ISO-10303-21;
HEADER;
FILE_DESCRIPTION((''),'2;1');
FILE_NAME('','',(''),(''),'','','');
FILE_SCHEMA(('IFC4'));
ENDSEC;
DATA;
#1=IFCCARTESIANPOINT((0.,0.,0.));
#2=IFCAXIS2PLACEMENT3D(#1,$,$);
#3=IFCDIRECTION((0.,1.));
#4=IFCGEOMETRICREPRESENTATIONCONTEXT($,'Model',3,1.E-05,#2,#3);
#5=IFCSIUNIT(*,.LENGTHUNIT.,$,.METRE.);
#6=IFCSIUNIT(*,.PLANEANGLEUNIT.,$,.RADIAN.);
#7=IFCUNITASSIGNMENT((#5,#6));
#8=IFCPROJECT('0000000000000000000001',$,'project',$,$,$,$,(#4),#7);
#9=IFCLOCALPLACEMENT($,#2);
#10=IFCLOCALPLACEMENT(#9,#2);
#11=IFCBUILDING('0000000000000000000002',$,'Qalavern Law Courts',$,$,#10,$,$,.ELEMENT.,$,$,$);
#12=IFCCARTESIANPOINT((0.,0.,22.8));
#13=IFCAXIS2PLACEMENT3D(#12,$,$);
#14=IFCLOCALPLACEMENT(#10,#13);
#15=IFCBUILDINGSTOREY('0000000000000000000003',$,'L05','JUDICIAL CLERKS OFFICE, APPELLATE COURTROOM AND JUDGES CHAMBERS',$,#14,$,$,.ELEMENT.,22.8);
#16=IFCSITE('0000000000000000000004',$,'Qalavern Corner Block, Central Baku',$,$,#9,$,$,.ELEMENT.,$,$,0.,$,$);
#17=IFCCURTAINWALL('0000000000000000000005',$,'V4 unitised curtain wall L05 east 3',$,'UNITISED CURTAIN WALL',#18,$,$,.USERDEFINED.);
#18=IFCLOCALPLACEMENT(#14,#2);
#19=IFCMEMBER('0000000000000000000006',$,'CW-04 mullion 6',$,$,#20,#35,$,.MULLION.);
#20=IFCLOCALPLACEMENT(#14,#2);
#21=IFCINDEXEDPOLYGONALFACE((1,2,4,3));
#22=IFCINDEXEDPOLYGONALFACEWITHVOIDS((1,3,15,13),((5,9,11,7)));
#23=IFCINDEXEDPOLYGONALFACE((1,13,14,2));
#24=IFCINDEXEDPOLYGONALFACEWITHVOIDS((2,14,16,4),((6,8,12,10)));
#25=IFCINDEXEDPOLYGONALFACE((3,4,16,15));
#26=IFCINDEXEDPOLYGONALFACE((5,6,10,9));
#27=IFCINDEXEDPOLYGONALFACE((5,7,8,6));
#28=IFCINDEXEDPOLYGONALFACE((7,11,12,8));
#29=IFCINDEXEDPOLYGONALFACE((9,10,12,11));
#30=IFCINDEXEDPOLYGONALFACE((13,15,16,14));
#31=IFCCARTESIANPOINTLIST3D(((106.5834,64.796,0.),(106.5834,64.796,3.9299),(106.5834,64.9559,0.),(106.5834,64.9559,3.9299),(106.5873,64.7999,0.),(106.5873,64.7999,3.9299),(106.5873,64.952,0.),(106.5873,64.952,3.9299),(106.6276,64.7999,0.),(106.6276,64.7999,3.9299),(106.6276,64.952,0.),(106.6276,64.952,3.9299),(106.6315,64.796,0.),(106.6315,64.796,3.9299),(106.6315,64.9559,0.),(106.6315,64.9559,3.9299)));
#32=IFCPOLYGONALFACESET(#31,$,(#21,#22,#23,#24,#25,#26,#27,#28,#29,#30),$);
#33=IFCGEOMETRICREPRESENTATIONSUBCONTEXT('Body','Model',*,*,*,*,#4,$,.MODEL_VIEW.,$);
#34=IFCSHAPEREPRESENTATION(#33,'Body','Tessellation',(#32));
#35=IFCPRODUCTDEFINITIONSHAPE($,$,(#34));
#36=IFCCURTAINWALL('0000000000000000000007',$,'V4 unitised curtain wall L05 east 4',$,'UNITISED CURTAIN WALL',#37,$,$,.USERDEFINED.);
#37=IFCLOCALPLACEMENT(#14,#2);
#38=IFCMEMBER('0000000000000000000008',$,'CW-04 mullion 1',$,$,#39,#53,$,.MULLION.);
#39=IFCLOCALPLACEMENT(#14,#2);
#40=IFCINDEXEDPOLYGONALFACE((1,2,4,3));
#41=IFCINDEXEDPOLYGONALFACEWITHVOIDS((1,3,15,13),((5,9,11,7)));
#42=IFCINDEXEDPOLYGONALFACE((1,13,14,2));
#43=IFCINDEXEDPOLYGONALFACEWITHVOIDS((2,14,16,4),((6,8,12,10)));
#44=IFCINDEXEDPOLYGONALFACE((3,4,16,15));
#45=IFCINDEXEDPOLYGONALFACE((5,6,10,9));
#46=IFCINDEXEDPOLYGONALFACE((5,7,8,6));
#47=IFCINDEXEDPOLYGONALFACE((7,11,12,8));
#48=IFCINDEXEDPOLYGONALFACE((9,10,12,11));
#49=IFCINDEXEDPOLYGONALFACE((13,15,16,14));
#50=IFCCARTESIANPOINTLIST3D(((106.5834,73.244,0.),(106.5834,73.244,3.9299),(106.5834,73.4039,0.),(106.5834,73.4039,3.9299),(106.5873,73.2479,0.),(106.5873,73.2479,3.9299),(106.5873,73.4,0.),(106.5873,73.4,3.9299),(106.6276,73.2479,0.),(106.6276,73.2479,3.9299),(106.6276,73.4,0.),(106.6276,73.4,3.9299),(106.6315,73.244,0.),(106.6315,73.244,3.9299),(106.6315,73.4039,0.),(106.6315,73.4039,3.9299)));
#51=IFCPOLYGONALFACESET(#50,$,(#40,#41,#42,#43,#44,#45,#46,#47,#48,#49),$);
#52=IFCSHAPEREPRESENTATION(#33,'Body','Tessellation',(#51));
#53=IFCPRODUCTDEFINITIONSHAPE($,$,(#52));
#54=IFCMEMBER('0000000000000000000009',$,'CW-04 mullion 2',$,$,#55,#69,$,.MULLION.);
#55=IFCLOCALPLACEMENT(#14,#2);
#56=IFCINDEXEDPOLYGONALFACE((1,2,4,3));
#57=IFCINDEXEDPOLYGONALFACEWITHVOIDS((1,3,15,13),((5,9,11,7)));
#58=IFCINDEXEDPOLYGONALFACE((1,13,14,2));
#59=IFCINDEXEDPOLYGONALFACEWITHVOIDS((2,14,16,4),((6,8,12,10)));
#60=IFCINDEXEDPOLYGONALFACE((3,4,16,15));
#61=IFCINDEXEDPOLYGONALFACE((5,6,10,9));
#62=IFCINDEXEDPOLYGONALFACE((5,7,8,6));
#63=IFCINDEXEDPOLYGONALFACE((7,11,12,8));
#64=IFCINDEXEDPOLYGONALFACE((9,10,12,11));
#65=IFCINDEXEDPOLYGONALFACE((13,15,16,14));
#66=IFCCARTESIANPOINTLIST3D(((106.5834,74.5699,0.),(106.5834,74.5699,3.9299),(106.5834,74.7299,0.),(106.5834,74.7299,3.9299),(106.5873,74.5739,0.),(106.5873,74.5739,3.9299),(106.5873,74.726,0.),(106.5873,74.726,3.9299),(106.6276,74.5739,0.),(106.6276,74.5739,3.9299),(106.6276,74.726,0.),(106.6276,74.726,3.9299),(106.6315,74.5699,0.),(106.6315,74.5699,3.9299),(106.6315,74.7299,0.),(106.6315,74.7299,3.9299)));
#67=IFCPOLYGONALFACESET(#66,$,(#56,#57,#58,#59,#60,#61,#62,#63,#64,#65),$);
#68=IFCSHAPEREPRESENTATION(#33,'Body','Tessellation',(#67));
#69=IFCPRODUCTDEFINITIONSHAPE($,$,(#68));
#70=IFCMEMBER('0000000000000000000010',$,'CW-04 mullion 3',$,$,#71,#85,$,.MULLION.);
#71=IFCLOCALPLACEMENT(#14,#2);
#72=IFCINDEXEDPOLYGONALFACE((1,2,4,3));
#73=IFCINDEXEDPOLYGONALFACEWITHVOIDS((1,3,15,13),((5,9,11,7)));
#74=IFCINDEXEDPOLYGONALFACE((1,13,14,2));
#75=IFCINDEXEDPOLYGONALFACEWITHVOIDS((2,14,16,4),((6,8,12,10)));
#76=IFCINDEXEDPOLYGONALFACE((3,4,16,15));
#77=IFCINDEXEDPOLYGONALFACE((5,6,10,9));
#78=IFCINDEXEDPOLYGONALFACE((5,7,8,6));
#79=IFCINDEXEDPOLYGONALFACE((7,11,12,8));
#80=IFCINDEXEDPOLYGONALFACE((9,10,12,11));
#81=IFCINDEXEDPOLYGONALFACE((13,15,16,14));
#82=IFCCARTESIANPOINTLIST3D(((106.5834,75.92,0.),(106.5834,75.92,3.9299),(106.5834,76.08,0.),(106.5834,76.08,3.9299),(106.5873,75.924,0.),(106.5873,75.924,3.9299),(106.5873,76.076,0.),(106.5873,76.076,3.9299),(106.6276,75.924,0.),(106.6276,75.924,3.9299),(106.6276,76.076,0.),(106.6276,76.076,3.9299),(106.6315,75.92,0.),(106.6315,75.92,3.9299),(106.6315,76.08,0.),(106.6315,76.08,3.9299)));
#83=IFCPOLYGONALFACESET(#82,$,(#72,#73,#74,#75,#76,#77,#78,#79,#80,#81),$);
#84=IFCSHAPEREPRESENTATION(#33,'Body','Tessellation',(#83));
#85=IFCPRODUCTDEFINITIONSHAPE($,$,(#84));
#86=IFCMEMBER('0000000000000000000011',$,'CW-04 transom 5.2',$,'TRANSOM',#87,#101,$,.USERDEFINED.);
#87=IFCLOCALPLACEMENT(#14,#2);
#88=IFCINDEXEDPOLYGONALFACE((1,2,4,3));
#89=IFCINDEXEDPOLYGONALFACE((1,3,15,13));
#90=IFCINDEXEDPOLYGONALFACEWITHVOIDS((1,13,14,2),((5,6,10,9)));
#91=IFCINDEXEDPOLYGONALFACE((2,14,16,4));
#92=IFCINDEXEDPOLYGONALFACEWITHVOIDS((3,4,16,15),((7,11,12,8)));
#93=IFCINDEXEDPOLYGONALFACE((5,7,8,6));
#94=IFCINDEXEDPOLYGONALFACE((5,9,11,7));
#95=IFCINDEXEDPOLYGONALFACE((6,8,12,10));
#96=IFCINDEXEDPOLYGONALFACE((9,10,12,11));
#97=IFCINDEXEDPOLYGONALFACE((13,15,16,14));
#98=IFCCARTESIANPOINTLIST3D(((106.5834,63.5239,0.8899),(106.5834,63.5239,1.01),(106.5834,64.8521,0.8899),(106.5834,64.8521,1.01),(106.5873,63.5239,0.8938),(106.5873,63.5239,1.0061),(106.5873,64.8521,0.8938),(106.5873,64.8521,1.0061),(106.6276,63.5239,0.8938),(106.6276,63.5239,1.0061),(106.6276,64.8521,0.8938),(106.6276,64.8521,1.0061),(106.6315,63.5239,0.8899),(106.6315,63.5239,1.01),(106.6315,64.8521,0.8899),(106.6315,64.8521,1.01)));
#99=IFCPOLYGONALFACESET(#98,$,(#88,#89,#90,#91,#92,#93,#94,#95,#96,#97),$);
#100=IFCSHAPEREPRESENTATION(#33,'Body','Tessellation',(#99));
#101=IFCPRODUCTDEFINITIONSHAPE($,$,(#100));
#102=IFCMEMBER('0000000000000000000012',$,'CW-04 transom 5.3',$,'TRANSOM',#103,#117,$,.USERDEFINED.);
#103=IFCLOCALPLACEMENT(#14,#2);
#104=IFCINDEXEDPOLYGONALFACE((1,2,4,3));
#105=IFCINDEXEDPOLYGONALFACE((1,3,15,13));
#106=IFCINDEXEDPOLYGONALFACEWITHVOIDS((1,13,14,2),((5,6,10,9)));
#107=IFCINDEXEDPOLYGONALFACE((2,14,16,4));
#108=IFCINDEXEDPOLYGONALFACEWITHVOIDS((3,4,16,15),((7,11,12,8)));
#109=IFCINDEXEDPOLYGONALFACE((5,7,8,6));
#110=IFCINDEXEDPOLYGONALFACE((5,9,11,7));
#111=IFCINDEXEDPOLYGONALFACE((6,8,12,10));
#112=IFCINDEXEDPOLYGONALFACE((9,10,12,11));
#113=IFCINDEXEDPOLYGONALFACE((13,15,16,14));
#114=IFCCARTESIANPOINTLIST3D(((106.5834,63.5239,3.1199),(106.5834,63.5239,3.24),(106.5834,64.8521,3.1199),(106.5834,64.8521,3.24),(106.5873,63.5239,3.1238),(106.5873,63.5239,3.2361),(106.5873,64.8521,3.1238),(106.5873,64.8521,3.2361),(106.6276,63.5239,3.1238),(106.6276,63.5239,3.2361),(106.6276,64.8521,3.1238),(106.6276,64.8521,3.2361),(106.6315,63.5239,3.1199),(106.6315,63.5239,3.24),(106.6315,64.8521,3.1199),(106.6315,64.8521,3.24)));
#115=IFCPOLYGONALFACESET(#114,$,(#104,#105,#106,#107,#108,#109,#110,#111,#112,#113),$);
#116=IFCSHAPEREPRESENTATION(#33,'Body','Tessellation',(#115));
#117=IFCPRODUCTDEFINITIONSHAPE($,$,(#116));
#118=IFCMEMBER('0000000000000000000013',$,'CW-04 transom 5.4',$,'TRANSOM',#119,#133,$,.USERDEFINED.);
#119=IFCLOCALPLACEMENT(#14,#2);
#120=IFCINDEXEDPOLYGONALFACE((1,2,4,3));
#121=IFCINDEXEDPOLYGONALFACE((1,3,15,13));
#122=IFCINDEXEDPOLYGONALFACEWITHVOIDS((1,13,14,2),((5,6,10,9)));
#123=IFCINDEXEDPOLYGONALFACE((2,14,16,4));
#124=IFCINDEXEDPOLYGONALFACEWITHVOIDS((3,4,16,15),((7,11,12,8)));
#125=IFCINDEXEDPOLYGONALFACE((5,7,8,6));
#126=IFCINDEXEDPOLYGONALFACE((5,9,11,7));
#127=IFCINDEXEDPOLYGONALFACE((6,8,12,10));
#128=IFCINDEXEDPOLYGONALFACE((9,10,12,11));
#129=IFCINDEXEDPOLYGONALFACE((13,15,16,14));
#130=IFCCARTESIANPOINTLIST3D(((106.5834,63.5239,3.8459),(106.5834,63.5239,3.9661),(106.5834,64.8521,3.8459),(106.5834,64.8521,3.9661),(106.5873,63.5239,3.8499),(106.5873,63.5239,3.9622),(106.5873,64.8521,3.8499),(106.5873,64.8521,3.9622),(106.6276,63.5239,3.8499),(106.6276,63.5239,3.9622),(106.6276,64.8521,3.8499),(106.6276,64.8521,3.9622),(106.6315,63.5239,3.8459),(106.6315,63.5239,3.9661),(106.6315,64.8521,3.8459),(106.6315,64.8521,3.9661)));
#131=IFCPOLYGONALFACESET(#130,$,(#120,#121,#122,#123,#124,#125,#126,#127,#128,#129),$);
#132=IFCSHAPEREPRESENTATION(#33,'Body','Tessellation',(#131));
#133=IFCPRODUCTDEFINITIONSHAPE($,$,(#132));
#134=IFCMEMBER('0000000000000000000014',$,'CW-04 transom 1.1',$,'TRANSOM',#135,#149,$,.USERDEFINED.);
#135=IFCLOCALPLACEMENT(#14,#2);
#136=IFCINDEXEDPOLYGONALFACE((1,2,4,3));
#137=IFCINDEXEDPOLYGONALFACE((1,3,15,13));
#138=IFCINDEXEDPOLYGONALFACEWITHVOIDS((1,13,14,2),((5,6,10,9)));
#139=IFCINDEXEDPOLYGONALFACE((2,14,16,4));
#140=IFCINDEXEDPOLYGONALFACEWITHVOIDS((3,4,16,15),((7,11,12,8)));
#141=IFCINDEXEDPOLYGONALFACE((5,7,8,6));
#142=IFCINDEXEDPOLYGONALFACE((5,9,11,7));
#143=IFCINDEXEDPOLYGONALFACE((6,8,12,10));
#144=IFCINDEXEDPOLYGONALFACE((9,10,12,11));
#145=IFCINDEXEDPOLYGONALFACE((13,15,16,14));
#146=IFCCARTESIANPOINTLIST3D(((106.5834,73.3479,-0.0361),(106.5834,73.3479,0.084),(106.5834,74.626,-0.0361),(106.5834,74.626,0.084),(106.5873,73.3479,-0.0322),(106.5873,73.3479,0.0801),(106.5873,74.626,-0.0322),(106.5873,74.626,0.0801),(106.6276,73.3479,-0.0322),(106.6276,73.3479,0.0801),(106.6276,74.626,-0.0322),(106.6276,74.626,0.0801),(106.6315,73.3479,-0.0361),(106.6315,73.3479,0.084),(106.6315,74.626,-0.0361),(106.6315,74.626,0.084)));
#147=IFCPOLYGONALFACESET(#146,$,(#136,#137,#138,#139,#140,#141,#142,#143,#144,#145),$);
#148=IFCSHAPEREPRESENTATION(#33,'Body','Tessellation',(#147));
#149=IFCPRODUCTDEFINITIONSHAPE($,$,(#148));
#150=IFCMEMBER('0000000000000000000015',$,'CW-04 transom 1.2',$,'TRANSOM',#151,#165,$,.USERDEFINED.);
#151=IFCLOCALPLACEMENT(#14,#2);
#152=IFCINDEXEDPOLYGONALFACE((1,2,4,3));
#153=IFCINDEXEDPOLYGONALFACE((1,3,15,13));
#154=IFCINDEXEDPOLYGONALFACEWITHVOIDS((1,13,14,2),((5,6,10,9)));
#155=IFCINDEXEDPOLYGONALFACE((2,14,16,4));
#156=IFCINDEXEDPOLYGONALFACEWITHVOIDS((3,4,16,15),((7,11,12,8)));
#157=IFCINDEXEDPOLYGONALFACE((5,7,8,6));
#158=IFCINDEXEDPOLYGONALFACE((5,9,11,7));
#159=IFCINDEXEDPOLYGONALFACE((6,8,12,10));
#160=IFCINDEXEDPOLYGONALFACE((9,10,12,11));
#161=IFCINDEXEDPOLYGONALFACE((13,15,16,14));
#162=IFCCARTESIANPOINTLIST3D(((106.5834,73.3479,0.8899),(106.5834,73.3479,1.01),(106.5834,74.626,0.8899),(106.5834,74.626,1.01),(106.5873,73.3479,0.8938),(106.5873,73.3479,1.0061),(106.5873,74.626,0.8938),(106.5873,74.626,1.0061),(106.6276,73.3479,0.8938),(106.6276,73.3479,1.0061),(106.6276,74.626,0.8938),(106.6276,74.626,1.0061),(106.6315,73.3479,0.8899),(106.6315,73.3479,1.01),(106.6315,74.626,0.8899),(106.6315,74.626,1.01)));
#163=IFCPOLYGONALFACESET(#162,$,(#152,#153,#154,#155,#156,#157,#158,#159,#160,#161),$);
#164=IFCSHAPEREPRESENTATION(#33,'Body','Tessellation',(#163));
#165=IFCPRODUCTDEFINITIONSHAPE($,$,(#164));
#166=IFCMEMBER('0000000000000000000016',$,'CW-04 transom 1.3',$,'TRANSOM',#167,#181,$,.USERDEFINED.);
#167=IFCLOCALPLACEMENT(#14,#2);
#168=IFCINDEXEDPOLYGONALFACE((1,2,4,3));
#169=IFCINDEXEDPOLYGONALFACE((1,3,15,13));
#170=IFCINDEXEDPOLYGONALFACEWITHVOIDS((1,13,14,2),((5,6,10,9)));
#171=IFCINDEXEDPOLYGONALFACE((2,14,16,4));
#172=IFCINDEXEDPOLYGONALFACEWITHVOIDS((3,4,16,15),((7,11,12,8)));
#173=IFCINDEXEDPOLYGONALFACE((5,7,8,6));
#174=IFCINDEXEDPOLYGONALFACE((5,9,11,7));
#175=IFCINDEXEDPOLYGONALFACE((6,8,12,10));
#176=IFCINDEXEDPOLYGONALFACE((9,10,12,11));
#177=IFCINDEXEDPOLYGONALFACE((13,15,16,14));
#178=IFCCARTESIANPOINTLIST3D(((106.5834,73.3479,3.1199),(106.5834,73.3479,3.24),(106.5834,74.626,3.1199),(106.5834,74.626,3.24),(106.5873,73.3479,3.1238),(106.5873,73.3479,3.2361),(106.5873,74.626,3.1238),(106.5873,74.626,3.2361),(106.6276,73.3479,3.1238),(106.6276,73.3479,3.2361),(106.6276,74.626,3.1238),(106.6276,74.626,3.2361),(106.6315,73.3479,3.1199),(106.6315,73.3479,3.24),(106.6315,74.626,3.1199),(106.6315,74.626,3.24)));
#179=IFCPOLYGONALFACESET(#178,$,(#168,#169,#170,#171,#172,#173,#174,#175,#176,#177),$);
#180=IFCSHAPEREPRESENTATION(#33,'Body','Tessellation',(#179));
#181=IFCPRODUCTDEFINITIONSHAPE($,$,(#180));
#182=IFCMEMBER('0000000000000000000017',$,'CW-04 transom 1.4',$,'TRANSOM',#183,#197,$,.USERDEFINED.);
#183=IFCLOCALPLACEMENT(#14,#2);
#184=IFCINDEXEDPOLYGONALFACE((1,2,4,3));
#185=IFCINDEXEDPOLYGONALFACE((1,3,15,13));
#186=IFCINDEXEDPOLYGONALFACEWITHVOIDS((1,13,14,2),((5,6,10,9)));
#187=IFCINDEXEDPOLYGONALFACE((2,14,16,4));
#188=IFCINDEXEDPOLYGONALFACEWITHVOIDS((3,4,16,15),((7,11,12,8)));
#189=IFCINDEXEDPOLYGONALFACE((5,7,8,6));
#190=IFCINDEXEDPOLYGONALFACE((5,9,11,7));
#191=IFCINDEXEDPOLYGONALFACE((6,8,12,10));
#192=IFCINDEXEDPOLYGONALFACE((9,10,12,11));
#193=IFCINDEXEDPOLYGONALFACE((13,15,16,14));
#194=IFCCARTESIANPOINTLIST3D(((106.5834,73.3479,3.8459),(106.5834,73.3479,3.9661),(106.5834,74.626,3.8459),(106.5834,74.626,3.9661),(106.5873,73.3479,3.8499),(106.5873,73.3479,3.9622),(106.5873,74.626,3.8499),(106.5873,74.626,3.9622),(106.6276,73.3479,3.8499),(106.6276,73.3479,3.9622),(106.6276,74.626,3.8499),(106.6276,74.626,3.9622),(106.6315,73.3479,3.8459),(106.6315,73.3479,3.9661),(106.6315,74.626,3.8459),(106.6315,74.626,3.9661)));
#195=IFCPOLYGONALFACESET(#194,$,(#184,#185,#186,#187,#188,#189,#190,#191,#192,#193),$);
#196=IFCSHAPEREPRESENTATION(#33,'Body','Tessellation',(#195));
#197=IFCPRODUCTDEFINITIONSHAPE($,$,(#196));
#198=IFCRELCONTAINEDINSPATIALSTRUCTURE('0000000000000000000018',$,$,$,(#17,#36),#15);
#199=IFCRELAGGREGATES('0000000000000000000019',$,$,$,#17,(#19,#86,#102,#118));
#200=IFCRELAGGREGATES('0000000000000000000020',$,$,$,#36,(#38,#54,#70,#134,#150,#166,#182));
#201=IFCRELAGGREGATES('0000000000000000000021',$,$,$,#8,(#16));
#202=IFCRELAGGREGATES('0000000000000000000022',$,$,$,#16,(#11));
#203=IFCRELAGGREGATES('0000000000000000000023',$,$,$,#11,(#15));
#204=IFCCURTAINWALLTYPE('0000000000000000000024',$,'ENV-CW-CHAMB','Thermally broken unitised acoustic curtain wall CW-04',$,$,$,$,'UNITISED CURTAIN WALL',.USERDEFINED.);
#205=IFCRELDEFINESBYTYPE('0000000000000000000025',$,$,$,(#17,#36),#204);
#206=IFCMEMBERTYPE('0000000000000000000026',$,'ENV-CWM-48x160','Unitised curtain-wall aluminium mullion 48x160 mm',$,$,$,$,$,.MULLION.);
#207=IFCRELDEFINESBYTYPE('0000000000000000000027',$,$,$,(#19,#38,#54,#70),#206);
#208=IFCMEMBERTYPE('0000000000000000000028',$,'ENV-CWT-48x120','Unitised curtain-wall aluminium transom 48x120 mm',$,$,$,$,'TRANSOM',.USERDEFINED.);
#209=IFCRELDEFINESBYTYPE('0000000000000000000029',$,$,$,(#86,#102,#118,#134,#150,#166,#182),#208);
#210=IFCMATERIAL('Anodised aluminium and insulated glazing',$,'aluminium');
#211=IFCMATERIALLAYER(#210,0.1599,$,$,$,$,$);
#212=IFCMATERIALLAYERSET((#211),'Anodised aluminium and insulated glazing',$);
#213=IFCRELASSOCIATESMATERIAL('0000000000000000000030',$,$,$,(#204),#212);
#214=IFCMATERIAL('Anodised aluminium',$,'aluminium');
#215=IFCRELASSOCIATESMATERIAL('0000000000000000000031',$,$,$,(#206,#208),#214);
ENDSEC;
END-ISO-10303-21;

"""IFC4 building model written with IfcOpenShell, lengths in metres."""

from ifc_helpers import new_model, si_unit, direction, frame, origin, origin_2d, place, context, subcontext, project, spatial, hollow_rectangle, extrude, material, layer, layer_set, material_profile, profile_set, type_object, element, aggregate, save


model = new_model("IFC4")

# Units and contexts
model_context = context("Model", 3, precision=1e-05, world=origin(), true_north=direction((0.0, 1.0)))
body_context = subcontext(model_context, "Body", "Model", "MODEL_VIEW")
ifc_project = project(units=[si_unit("LENGTHUNIT", "METRE"), si_unit("PLANEANGLEUNIT", "RADIAN")], contexts=[model_context])

# Site, building, storey
site_placement = place(None, origin())
site = spatial("IfcSite", under=ifc_project, at=site_placement, Name="Qalavern Corner Block, Central Baku", CompositionType="ELEMENT", RefElevation=0.0)
building_placement = place(site_placement, origin())
building = spatial("IfcBuilding", under=site, at=building_placement, Name="Qalavern Law Courts", CompositionType="ELEMENT")
storey_placement = place(building_placement, frame((0.0, 0.0, 22.8)))
storey = spatial("IfcBuildingStorey", under=building, at=storey_placement, Name="L05", Description="JUDICIAL CLERKS OFFICE, APPELLATE COURTROOM AND JUDGES CHAMBERS", CompositionType="ELEMENT", Elevation=22.8)

# Curtain wall, member
ifc_material_1 = material(Name="Anodised aluminium and insulated glazing", Category="aluminium")
ifc_layer_1 = layer(ifc_material_1, 0.1599)
ifc_layer_set_1 = layer_set([ifc_layer_1], Name="Anodised aluminium and insulated glazing")
curtain_wall_type = type_object("IfcCurtainWallType", Name="ENV-CW-CHAMB", Description="Thermally broken unitised acoustic curtain wall CW-04", ElementType="UNITISED CURTAIN WALL", PredefinedType="USERDEFINED", material=ifc_layer_set_1)
curtain_wall_1_placement = place(storey_placement, origin())
curtain_wall_1 = element("IfcCurtainWall", 1, at=curtain_wall_1_placement, inside=storey, type_object=curtain_wall_type, Name="V4 unitised curtain wall L05 east 3", ObjectType="UNITISED CURTAIN WALL", PredefinedType="USERDEFINED")
ifc_material_2 = material(Name="Anodised aluminium", Category="aluminium")
ifc_material_profile_1 = material_profile(ifc_material_2, hollow_rectangle(XDim=0.0481, YDim=0.1599, WallThickness=0.0039, at=origin_2d()), Name="ALU MULLION 48x160")
ifc_profile_set_1 = profile_set([ifc_material_profile_1], Name="Anodised aluminium")
member_type_1 = type_object("IfcMemberType", Name="ENV-CWM-48x160", Description="Unitised curtain-wall aluminium mullion 48x160 mm", PredefinedType="MULLION", material=ifc_profile_set_1)
member_1_placement = place(storey_placement, frame((106.6074, 64.876, 0.0), z_axis=(0.0, 0.0, 1.0), x_axis=(-1.0, 0.0, 0.0)))
member_1 = element("IfcMember", 2, at=member_1_placement, type_object=member_type_1, Name="CW-04 mullion 6", PredefinedType="MULLION", context=body_context, shape_type="SweptSolid", body=[
    extrude(hollow_rectangle(XDim=0.0481, YDim=0.1599, WallThickness=0.0039, at=origin_2d()), origin(), (0.0, 0.0, 1.0), 3.9299),
])

# Curtain wall, members
curtain_wall_2_placement = place(storey_placement, origin())
curtain_wall_2 = element("IfcCurtainWall", 3, at=curtain_wall_2_placement, inside=storey, type_object=curtain_wall_type, Name="V4 unitised curtain wall L05 east 4", ObjectType="UNITISED CURTAIN WALL", PredefinedType="USERDEFINED")
member_2_placement = place(storey_placement, frame((106.6074, 73.324, 0.0), z_axis=(0.0, 0.0, 1.0), x_axis=(-1.0, 0.0, 0.0)))
member_2 = element("IfcMember", 4, at=member_2_placement, type_object=member_type_1, Name="CW-04 mullion 1", PredefinedType="MULLION", context=body_context, shape_type="SweptSolid", body=[
    extrude(hollow_rectangle(XDim=0.0481, YDim=0.1599, WallThickness=0.0039, at=origin_2d()), origin(), (0.0, 0.0, 1.0), 3.9299),
])
member_3_placement = place(storey_placement, frame((106.6074, 74.6499, 0.0), z_axis=(0.0, 0.0, 1.0), x_axis=(-1.0, 0.0, 0.0)))
member_3 = element("IfcMember", 5, at=member_3_placement, type_object=member_type_1, Name="CW-04 mullion 2", PredefinedType="MULLION", context=body_context, shape_type="SweptSolid", body=[
    extrude(hollow_rectangle(XDim=0.0481, YDim=0.1599, WallThickness=0.0039, at=origin_2d()), origin(), (0.0, 0.0, 1.0), 3.9299),
])
member_4_placement = place(storey_placement, frame((106.6074, 76.0, 0.0), z_axis=(0.0, 0.0, 1.0), x_axis=(-1.0, 0.0, 0.0)))
member_4 = element("IfcMember", 6, at=member_4_placement, type_object=member_type_1, Name="CW-04 mullion 3", PredefinedType="MULLION", context=body_context, shape_type="SweptSolid", body=[
    extrude(hollow_rectangle(XDim=0.0481, YDim=0.1599, WallThickness=0.0039, at=origin_2d()), origin(), (0.0, 0.0, 1.0), 3.9299),
])

# Members
ifc_material_profile_2 = material_profile(ifc_material_2, hollow_rectangle(XDim=0.0481, YDim=0.1201, WallThickness=0.0039, at=origin_2d()), Name="ALU TRANSOM 48x120")
ifc_profile_set_2 = profile_set([ifc_material_profile_2], Name="Anodised aluminium")
member_type_2 = type_object("IfcMemberType", Name="ENV-CWT-48x120", Description="Unitised curtain-wall aluminium transom 48x120 mm", ElementType="TRANSOM", PredefinedType="USERDEFINED", material=ifc_profile_set_2)
member_5_placement = place(storey_placement, frame((106.6074, 63.5239, 0.95), z_axis=(0.0, 1.0, 0.0), x_axis=(-1.0, 0.0, 0.0)))
member_5 = element("IfcMember", 7, at=member_5_placement, type_object=member_type_2, Name="CW-04 transom 5.2", ObjectType="TRANSOM", PredefinedType="USERDEFINED", context=body_context, shape_type="SweptSolid", body=[
    extrude(hollow_rectangle(XDim=0.0481, YDim=0.1201, WallThickness=0.0039, at=origin_2d()), origin(), (0.0, 0.0, 1.0), 1.3281),
])
member_6_placement = place(storey_placement, frame((106.6074, 63.5239, 3.1799), z_axis=(0.0, 1.0, 0.0), x_axis=(-1.0, 0.0, 0.0)))
member_6 = element("IfcMember", 8, at=member_6_placement, type_object=member_type_2, Name="CW-04 transom 5.3", ObjectType="TRANSOM", PredefinedType="USERDEFINED", context=body_context, shape_type="SweptSolid", body=[
    extrude(hollow_rectangle(XDim=0.0481, YDim=0.1201, WallThickness=0.0039, at=origin_2d()), origin(), (0.0, 0.0, 1.0), 1.3281),
])
member_7_placement = place(storey_placement, frame((106.6074, 63.5239, 3.906), z_axis=(0.0, 1.0, 0.0), x_axis=(-1.0, 0.0, 0.0)))
member_7 = element("IfcMember", 9, at=member_7_placement, type_object=member_type_2, Name="CW-04 transom 5.4", ObjectType="TRANSOM", PredefinedType="USERDEFINED", context=body_context, shape_type="SweptSolid", body=[
    extrude(hollow_rectangle(XDim=0.0481, YDim=0.1201, WallThickness=0.0039, at=origin_2d()), origin(), (0.0, 0.0, 1.0), 1.3281),
])
member_8_placement = place(storey_placement, frame((106.6074, 73.3479, 0.0239), z_axis=(0.0, 1.0, 0.0), x_axis=(-1.0, 0.0, 0.0)))
member_8 = element("IfcMember", 10, at=member_8_placement, type_object=member_type_2, Name="CW-04 transom 1.1", ObjectType="TRANSOM", PredefinedType="USERDEFINED", context=body_context, shape_type="SweptSolid", body=[
    extrude(hollow_rectangle(XDim=0.0481, YDim=0.1201, WallThickness=0.0039, at=origin_2d()), origin(), (0.0, 0.0, 1.0), 1.2781),
])
member_9_placement = place(storey_placement, frame((106.6074, 73.3479, 0.95), z_axis=(0.0, 1.0, 0.0), x_axis=(-1.0, 0.0, 0.0)))
member_9 = element("IfcMember", 11, at=member_9_placement, type_object=member_type_2, Name="CW-04 transom 1.2", ObjectType="TRANSOM", PredefinedType="USERDEFINED", context=body_context, shape_type="SweptSolid", body=[
    extrude(hollow_rectangle(XDim=0.0481, YDim=0.1201, WallThickness=0.0039, at=origin_2d()), origin(), (0.0, 0.0, 1.0), 1.2781),
])
member_10_placement = place(storey_placement, frame((106.6074, 73.3479, 3.1799), z_axis=(0.0, 1.0, 0.0), x_axis=(-1.0, 0.0, 0.0)))
member_10 = element("IfcMember", 12, at=member_10_placement, type_object=member_type_2, Name="CW-04 transom 1.3", ObjectType="TRANSOM", PredefinedType="USERDEFINED", context=body_context, shape_type="SweptSolid", body=[
    extrude(hollow_rectangle(XDim=0.0481, YDim=0.1201, WallThickness=0.0039, at=origin_2d()), origin(), (0.0, 0.0, 1.0), 1.2781),
])
member_11_placement = place(storey_placement, frame((106.6074, 73.3479, 3.906), z_axis=(0.0, 1.0, 0.0), x_axis=(-1.0, 0.0, 0.0)))
member_11 = element("IfcMember", 13, at=member_11_placement, type_object=member_type_2, Name="CW-04 transom 1.4", ObjectType="TRANSOM", PredefinedType="USERDEFINED", context=body_context, shape_type="SweptSolid", body=[
    extrude(hollow_rectangle(XDim=0.0481, YDim=0.1201, WallThickness=0.0039, at=origin_2d()), origin(), (0.0, 0.0, 1.0), 1.2781),
])

aggregate(curtain_wall_1, [member_1, member_5, member_6, member_7])
aggregate(curtain_wall_2, [member_2, member_3, member_4, member_8, member_9, member_10, member_11])

save(model, "model.ifc")
